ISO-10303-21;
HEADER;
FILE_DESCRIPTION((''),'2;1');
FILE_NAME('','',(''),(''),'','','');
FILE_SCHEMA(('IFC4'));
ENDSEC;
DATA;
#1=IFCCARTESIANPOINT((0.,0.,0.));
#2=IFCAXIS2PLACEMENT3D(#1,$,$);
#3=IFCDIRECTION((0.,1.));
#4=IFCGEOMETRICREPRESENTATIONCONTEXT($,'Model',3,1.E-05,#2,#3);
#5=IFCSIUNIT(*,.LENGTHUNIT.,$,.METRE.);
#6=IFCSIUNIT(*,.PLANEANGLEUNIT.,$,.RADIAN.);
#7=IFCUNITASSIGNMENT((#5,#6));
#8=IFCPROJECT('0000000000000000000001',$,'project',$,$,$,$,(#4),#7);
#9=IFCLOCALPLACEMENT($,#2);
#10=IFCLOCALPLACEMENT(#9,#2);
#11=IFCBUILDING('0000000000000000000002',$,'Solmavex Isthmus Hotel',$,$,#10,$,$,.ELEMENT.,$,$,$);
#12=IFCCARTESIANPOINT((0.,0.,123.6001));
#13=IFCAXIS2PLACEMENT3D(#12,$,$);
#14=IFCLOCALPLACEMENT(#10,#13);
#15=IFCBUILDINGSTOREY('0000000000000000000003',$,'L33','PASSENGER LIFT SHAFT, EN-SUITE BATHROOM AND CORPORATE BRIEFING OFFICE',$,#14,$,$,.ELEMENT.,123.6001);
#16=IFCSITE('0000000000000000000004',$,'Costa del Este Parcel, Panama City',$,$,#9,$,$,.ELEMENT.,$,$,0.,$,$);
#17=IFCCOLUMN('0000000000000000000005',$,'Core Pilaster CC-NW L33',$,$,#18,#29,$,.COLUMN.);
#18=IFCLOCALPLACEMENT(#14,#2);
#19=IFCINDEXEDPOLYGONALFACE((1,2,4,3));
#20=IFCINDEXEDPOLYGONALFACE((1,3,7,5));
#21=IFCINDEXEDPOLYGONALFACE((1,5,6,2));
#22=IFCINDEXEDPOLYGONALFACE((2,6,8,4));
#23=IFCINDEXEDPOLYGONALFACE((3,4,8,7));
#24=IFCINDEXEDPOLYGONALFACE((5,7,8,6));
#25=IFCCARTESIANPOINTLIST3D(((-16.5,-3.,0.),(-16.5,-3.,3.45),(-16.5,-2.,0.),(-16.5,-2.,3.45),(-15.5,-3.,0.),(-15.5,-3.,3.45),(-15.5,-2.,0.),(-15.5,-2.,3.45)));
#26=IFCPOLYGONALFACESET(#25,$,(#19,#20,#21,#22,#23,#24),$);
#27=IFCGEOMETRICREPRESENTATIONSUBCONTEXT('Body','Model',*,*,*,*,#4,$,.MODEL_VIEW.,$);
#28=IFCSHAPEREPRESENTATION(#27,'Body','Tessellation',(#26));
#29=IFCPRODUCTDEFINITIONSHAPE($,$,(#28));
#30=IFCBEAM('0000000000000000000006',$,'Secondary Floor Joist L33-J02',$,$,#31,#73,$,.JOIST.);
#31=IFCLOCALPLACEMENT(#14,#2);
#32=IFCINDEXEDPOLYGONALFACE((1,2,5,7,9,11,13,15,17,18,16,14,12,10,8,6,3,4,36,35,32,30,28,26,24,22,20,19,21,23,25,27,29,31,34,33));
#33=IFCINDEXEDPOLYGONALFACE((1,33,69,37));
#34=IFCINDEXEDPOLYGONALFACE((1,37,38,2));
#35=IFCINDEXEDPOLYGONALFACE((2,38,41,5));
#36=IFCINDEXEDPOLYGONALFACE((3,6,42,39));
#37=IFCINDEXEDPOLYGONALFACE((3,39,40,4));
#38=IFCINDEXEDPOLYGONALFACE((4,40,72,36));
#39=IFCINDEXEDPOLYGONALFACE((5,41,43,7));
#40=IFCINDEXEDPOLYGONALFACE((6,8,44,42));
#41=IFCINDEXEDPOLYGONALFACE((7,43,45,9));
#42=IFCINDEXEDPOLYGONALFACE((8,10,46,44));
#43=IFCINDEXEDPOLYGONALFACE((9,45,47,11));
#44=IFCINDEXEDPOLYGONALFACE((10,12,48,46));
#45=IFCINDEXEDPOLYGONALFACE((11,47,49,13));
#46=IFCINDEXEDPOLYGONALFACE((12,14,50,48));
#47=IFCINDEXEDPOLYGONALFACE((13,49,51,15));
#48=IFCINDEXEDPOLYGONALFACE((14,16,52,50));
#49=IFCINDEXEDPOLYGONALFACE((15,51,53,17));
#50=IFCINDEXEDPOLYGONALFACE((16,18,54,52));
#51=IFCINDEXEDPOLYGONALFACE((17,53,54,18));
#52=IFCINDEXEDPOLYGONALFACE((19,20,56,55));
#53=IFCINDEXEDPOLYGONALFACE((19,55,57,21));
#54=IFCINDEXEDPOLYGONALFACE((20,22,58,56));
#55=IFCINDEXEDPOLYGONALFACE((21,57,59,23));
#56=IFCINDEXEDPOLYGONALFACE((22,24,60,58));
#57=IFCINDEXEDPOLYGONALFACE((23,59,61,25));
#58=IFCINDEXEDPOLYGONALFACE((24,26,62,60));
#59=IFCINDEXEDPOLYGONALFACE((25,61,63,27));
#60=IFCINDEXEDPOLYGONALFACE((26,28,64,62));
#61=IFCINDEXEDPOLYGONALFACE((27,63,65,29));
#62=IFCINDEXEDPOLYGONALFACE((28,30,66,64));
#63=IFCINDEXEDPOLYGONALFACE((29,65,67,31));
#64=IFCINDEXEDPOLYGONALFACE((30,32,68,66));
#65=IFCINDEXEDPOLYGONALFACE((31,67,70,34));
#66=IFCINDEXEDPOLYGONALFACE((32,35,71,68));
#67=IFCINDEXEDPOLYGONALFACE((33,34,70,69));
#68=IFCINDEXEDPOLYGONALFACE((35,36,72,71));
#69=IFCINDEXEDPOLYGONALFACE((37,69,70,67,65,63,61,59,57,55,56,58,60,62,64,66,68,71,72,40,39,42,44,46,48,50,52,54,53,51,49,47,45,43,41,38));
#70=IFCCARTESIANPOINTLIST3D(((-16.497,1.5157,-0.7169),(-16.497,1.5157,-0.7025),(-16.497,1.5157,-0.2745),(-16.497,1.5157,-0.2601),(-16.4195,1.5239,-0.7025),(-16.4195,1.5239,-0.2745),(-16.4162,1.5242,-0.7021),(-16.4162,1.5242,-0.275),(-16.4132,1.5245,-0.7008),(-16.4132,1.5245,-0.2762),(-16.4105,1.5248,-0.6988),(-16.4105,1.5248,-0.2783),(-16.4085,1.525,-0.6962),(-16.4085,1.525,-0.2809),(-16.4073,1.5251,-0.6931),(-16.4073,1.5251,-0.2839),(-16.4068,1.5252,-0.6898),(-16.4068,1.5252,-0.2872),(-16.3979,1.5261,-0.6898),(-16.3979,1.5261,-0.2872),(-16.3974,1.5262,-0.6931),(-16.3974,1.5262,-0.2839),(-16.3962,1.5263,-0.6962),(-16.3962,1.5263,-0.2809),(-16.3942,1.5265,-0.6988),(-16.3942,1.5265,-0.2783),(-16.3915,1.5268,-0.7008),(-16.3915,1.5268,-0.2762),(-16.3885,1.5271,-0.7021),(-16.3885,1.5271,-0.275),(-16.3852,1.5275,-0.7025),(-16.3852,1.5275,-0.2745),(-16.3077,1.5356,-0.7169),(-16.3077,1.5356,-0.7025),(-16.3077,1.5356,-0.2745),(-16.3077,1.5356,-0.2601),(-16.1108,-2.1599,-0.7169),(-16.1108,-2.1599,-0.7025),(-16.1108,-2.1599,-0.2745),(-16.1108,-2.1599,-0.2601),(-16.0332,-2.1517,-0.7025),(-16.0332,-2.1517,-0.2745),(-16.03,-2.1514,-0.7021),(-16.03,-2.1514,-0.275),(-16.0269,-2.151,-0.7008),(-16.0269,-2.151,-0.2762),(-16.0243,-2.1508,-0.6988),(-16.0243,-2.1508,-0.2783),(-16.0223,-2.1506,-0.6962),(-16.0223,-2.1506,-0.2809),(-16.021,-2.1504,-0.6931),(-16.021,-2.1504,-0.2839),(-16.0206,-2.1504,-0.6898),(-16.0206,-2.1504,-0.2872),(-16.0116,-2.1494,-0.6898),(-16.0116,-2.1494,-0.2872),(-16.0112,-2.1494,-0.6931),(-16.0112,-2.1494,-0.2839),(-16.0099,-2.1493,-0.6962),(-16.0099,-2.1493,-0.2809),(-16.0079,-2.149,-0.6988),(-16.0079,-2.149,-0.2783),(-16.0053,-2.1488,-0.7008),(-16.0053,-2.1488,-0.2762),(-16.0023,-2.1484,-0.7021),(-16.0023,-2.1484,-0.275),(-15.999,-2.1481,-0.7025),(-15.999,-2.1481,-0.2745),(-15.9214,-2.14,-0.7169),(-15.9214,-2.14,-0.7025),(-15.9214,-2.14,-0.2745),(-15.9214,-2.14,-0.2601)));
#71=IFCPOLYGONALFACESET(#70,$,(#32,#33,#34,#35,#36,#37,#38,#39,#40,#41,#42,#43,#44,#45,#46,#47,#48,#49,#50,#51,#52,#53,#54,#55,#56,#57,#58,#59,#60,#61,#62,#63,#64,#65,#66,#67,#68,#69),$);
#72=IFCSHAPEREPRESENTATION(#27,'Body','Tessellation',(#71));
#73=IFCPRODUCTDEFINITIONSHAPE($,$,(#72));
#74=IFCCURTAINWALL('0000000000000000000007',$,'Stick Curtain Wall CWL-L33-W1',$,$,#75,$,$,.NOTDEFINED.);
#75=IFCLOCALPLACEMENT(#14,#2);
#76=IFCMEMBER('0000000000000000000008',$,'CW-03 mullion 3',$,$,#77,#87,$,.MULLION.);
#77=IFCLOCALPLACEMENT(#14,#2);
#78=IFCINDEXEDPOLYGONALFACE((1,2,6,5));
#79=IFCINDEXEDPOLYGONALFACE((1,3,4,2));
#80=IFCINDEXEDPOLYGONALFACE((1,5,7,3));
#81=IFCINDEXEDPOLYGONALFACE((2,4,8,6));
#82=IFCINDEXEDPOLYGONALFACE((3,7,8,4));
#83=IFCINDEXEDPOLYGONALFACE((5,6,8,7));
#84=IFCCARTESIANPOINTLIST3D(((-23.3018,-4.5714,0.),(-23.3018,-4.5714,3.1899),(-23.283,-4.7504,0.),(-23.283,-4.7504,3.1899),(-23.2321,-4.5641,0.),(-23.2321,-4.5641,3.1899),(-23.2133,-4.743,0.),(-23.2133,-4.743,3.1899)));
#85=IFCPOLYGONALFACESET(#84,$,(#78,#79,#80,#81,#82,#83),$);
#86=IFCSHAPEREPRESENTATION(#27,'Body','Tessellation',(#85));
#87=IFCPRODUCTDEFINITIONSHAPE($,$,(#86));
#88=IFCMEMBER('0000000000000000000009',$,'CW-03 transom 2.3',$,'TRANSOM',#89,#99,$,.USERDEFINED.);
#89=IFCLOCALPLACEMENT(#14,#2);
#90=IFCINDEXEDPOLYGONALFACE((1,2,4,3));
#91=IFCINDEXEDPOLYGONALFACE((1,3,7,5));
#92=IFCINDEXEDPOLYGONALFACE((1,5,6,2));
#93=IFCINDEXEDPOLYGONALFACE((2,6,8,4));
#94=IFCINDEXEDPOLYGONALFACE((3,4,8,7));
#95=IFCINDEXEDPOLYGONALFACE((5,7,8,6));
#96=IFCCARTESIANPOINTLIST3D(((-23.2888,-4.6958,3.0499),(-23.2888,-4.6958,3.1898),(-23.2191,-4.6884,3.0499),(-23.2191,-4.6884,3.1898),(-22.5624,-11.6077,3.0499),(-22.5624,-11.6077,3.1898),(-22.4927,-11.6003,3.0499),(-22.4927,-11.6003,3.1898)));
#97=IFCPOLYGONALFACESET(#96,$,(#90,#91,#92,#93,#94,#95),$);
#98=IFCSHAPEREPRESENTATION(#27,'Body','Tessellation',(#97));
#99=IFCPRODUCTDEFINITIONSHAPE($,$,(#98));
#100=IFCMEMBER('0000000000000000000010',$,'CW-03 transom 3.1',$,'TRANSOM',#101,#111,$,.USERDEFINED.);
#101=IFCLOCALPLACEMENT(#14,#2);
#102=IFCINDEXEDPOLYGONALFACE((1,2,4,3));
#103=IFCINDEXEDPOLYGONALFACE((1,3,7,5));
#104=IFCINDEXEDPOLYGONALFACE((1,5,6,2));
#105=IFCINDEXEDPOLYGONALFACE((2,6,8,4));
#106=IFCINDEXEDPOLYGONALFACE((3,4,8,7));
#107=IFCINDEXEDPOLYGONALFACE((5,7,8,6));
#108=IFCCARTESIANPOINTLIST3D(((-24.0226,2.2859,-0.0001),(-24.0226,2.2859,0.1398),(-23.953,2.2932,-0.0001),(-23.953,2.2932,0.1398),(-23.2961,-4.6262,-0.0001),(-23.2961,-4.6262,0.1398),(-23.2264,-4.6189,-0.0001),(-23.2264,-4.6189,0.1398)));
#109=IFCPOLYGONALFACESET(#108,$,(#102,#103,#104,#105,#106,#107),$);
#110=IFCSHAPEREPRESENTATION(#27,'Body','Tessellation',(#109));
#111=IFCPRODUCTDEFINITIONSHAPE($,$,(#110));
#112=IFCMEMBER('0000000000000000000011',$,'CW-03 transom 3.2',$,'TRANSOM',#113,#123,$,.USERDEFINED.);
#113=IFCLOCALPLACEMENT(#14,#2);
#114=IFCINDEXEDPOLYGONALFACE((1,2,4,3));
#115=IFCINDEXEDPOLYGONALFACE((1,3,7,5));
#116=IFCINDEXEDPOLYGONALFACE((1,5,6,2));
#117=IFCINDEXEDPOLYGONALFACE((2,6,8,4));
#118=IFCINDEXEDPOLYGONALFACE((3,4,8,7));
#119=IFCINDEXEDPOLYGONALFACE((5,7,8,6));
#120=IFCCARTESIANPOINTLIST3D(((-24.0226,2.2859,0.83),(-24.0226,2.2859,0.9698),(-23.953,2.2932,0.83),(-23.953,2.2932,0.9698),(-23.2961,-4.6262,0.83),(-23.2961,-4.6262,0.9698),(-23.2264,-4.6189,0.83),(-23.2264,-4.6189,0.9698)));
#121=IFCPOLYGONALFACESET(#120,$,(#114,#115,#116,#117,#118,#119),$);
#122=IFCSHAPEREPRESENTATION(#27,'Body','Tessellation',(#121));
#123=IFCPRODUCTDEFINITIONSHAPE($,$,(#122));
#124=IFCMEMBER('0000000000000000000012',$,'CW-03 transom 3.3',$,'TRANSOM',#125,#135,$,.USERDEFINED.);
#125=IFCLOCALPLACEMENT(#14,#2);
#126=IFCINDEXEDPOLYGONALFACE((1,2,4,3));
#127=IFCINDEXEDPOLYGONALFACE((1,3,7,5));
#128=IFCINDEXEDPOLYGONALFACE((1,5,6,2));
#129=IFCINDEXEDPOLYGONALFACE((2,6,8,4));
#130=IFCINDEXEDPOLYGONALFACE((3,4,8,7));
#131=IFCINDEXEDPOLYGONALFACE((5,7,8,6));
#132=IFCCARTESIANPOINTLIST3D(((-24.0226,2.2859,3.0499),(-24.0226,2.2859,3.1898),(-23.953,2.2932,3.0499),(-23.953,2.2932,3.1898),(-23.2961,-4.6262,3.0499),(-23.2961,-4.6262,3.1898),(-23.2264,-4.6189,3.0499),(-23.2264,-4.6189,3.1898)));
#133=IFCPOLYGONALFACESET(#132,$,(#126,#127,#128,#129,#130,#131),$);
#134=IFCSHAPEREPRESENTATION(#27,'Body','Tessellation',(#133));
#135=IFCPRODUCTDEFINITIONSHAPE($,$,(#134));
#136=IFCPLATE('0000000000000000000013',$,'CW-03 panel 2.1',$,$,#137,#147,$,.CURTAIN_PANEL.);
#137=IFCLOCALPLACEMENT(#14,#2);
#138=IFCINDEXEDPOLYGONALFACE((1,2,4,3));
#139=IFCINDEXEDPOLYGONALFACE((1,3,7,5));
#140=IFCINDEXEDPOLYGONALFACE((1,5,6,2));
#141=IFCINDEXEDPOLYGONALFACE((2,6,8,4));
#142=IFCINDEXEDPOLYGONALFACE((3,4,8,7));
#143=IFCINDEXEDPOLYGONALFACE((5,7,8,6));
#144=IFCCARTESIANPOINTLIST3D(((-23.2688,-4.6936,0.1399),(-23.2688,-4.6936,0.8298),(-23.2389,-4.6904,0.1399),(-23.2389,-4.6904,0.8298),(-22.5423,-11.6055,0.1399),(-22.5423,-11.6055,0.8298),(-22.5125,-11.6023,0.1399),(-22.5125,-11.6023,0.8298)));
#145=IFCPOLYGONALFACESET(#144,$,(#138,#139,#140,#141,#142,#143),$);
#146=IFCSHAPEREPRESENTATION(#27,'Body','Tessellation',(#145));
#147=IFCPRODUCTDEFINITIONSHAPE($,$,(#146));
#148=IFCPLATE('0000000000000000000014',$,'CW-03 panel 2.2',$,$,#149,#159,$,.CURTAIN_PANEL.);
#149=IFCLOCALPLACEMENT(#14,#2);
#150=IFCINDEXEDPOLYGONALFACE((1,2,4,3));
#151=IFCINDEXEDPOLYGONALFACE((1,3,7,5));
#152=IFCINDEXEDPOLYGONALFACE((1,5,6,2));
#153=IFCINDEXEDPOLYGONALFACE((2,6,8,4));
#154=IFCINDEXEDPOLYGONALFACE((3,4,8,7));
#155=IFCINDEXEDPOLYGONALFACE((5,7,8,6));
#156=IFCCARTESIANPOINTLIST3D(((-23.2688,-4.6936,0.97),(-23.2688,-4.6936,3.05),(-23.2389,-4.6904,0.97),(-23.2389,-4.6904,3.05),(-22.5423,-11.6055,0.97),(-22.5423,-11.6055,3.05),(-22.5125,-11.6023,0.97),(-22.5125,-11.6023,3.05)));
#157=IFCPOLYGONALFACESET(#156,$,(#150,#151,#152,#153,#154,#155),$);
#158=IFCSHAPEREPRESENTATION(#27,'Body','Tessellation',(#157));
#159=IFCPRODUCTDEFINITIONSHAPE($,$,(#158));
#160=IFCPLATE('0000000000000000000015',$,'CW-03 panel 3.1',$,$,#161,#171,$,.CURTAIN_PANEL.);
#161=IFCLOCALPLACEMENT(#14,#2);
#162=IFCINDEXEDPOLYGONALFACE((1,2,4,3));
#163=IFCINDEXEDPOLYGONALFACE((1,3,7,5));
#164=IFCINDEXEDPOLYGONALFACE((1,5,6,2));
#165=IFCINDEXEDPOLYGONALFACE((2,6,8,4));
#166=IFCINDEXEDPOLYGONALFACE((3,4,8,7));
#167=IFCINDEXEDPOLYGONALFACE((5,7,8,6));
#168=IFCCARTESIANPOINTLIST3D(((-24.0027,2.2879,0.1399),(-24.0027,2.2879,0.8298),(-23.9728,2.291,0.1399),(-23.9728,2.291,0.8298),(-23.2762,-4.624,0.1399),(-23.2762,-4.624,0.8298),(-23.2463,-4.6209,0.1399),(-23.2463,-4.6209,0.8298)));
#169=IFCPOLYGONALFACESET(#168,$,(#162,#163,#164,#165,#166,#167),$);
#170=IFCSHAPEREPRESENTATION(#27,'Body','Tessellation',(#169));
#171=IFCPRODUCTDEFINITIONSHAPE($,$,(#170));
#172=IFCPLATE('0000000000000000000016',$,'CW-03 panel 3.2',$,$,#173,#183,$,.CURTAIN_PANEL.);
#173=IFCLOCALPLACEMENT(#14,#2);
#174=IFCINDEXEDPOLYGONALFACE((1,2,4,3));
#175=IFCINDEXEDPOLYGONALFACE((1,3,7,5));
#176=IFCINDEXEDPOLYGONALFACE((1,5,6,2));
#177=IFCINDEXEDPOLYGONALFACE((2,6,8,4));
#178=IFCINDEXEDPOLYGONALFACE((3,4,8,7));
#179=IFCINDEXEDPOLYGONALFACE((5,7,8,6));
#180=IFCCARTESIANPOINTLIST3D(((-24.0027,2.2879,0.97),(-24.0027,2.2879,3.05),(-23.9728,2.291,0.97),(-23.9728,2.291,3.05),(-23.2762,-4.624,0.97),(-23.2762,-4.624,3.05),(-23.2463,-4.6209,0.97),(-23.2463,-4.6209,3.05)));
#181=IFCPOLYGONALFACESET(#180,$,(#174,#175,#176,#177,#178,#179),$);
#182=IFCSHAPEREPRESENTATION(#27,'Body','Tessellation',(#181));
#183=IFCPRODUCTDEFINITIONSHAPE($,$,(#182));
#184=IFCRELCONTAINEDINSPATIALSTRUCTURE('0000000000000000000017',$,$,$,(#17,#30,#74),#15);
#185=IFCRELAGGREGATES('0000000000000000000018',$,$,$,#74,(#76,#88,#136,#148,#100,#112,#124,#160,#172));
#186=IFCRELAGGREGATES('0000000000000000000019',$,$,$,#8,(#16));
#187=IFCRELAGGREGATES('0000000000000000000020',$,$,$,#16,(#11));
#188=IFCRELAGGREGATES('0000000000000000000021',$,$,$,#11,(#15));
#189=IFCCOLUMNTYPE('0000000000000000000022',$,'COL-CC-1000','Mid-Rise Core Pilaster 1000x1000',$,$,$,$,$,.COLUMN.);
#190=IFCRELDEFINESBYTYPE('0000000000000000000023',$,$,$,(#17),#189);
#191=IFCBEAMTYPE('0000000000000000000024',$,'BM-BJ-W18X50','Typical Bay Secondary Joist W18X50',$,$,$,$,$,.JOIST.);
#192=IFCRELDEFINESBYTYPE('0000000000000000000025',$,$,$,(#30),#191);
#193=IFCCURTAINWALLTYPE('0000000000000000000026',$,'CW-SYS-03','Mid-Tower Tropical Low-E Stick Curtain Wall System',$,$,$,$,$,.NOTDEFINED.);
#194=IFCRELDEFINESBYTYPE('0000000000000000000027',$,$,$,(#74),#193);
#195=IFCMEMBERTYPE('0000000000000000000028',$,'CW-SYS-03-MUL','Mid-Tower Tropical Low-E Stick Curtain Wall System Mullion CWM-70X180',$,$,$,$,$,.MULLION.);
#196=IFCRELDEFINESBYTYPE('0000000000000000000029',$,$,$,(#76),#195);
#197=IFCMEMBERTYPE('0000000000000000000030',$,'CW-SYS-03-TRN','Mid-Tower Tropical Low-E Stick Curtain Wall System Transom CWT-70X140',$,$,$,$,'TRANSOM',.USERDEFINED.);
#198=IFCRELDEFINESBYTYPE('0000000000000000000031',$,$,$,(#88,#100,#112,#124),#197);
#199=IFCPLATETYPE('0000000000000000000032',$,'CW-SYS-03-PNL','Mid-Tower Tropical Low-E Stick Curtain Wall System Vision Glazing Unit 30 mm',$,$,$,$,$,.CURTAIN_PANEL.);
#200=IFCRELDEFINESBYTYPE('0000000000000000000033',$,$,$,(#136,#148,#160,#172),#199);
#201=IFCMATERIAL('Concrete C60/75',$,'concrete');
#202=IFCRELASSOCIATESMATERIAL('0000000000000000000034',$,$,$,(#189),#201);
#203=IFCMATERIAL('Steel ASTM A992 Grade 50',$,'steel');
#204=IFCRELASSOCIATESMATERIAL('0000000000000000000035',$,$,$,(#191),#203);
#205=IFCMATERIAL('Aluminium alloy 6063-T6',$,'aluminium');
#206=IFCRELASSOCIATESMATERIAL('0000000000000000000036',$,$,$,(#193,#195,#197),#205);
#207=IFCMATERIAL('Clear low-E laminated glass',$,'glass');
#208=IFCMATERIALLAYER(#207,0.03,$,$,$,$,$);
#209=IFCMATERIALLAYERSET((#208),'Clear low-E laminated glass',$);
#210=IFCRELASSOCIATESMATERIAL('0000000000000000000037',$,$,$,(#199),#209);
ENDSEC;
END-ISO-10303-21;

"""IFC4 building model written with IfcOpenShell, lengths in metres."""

from ifc_helpers import new_model, si_unit, direction, frame, origin, origin_2d, place, context, subcontext, project, spatial, rectangle, i_section, extrude, material, layer, layer_set, material_profile, profile_set, type_object, element, aggregate, save


model = new_model("IFC4")

# Units and contexts
model_context = context("Model", 3, precision=1e-05, world=origin(), true_north=direction((0.0, 1.0)))
body_context = subcontext(model_context, "Body", "Model", "MODEL_VIEW")
ifc_project = project(units=[si_unit("LENGTHUNIT", "METRE"), si_unit("PLANEANGLEUNIT", "RADIAN")], contexts=[model_context])

# Site, building, storey
site_placement = place(None, origin())
site = spatial("IfcSite", under=ifc_project, at=site_placement, Name="Costa del Este Parcel, Panama City", CompositionType="ELEMENT", RefElevation=0.0)
building_placement = place(site_placement, origin())
building = spatial("IfcBuilding", under=site, at=building_placement, Name="Solmavex Isthmus Hotel", CompositionType="ELEMENT")
storey_placement = place(building_placement, frame((0.0, 0.0, 123.6001)))
storey = spatial("IfcBuildingStorey", under=building, at=storey_placement, Name="L33", Description="PASSENGER LIFT SHAFT, EN-SUITE BATHROOM AND CORPORATE BRIEFING OFFICE", CompositionType="ELEMENT", Elevation=123.6001)

# Column
ifc_material_1 = material(Name="Concrete C60/75", Category="concrete")
ifc_material_profile_1 = material_profile(ifc_material_1, rectangle(XDim=1.0, YDim=1.0, at=origin_2d()), Name="RC1000X1000")
ifc_profile_set_1 = profile_set([ifc_material_profile_1], Name="Concrete C60/75")
column_type = type_object("IfcColumnType", Name="COL-CC-1000", Description="Mid-Rise Core Pilaster 1000x1000", PredefinedType="COLUMN", material=ifc_profile_set_1)
column_placement = place(storey_placement, frame((-16.0, -2.5, 0.0), z_axis=(0.0, 0.0, 1.0), x_axis=(1.0, 0.0, 0.0)))
element("IfcColumn", 1, at=column_placement, inside=storey, type_object=column_type, Name="Core Pilaster CC-NW L33", PredefinedType="COLUMN", context=body_context, shape_type="SweptSolid", body=[
    extrude(rectangle(XDim=1.0, YDim=1.0, at=origin_2d()), origin(), (0.0, 0.0, 1.0), 3.45),
])

# Beam
ifc_material_2 = material(Name="Steel ASTM A992 Grade 50", Category="steel")
ifc_material_profile_2 = material_profile(ifc_material_2, i_section(OverallWidth=0.1904, OverallDepth=0.4568, WebThickness=0.009, FlangeThickness=0.0144, FilletRadius=0.0127, at=origin_2d()), Name="W18X50")
ifc_profile_set_2 = profile_set([ifc_material_profile_2], Name="Steel ASTM A992 Grade 50")
beam_type = type_object("IfcBeamType", Name="BM-BJ-W18X50", Description="Typical Bay Secondary Joist W18X50", PredefinedType="JOIST", material=ifc_profile_set_2)
beam_placement = place(storey_placement, frame((-16.0161, -2.1499, -0.4885), z_axis=(-0.104506, 0.994524, 0.0), x_axis=(-0.994524, -0.104506, 0.0)))
element("IfcBeam", 2, at=beam_placement, inside=storey, type_object=beam_type, Name="Secondary Floor Joist L33-J02", PredefinedType="JOIST", context=body_context, shape_type="SweptSolid", body=[
    extrude(i_section(OverallWidth=0.1904, OverallDepth=0.4568, WebThickness=0.009, FlangeThickness=0.0144, FilletRadius=0.0127, at=origin_2d()), origin(), (0.0, 0.0, 1.0), 3.6958),
])

# Curtain wall, members, plates
ifc_material_3 = material(Name="Aluminium alloy 6063-T6", Category="aluminium")
curtain_wall_type = type_object("IfcCurtainWallType", Name="CW-SYS-03", Description="Mid-Tower Tropical Low-E Stick Curtain Wall System", PredefinedType="NOTDEFINED", material=ifc_material_3)
curtain_wall_placement = place(storey_placement, origin())
curtain_wall = element("IfcCurtainWall", 3, at=curtain_wall_placement, inside=storey, type_object=curtain_wall_type, Name="Stick Curtain Wall CWL-L33-W1", PredefinedType="NOTDEFINED")
ifc_material_profile_3 = material_profile(ifc_material_3, rectangle(XDim=0.0701, YDim=0.1799, at=origin_2d()), Name="CWM-70X180")
ifc_profile_set_3 = profile_set([ifc_material_profile_3], Name="Aluminium alloy 6063-T6")
member_type_1 = type_object("IfcMemberType", Name="CW-SYS-03-MUL", Description="Mid-Tower Tropical Low-E Stick Curtain Wall System Mullion CWM-70X180", PredefinedType="MULLION", material=ifc_profile_set_3)
member_1_placement = place(storey_placement, frame((-23.2576, -4.6572, 0.0), z_axis=(0.0, 0.0, 1.0), x_axis=(-0.994522, -0.104528, 0.0)))
member_1 = element("IfcMember", 4, at=member_1_placement, type_object=member_type_1, Name="CW-03 mullion 3", PredefinedType="MULLION", context=body_context, shape_type="SweptSolid", body=[
    extrude(rectangle(XDim=0.0701, YDim=0.1799, at=origin_2d()), origin(), (0.0, 0.0, 1.0), 3.1899),
])
ifc_material_profile_4 = material_profile(ifc_material_3, rectangle(XDim=0.0701, YDim=0.1399, at=origin_2d()), Name="CWT-70X140")
ifc_profile_set_4 = profile_set([ifc_material_profile_4], Name="Aluminium alloy 6063-T6")
member_type_2 = type_object("IfcMemberType", Name="CW-SYS-03-TRN", Description="Mid-Tower Tropical Low-E Stick Curtain Wall System Transom CWT-70X140", ElementType="TRANSOM", PredefinedType="USERDEFINED", material=ifc_profile_set_4)
member_2_placement = place(storey_placement, frame((-22.5276, -11.604, 3.1199), z_axis=(-0.104507, 0.994524, 0.0), x_axis=(-0.994524, -0.104507, 0.0)))
member_2 = element("IfcMember", 5, at=member_2_placement, type_object=member_type_2, Name="CW-03 transom 2.3", ObjectType="TRANSOM", PredefinedType="USERDEFINED", context=body_context, shape_type="SweptSolid", body=[
    extrude(rectangle(XDim=0.0701, YDim=0.1399, at=origin_2d()), origin(), (0.0, 0.0, 1.0), 6.95),
])
member_3_placement = place(storey_placement, frame((-23.2612, -4.6226, 0.0698), z_axis=(-0.104539, 0.994521, 0.0), x_axis=(-0.994521, -0.104539, 0.0)))
member_3 = element("IfcMember", 6, at=member_3_placement, type_object=member_type_2, Name="CW-03 transom 3.1", ObjectType="TRANSOM", PredefinedType="USERDEFINED", context=body_context, shape_type="SweptSolid", body=[
    extrude(rectangle(XDim=0.0701, YDim=0.1399, at=origin_2d()), origin(), (0.0, 0.0, 1.0), 6.9502),
])
member_4_placement = place(storey_placement, frame((-23.2612, -4.6226, 0.8999), z_axis=(-0.104539, 0.994521, 0.0), x_axis=(-0.994521, -0.104539, 0.0)))
member_4 = element("IfcMember", 7, at=member_4_placement, type_object=member_type_2, Name="CW-03 transom 3.2", ObjectType="TRANSOM", PredefinedType="USERDEFINED", context=body_context, shape_type="SweptSolid", body=[
    extrude(rectangle(XDim=0.0701, YDim=0.1399, at=origin_2d()), origin(), (0.0, 0.0, 1.0), 6.9502),
])
member_5_placement = place(storey_placement, frame((-23.2612, -4.6226, 3.1199), z_axis=(-0.104539, 0.994521, 0.0), x_axis=(-0.994521, -0.104539, 0.0)))
member_5 = element("IfcMember", 8, at=member_5_placement, type_object=member_type_2, Name="CW-03 transom 3.3", ObjectType="TRANSOM", PredefinedType="USERDEFINED", context=body_context, shape_type="SweptSolid", body=[
    extrude(rectangle(XDim=0.0701, YDim=0.1399, at=origin_2d()), origin(), (0.0, 0.0, 1.0), 6.9502),
])
ifc_material_4 = material(Name="Clear low-E laminated glass", Category="glass")
ifc_layer_1 = layer(ifc_material_4, 0.03)
ifc_layer_set_1 = layer_set([ifc_layer_1], Name="Clear low-E laminated glass")
plate_type = type_object("IfcPlateType", Name="CW-SYS-03-PNL", Description="Mid-Tower Tropical Low-E Stick Curtain Wall System Vision Glazing Unit 30 mm", PredefinedType="CURTAIN_PANEL", material=ifc_layer_set_1)
plate_1_placement = place(storey_placement, frame((-22.8906, -8.1479, 0.1399), z_axis=(0.0, 0.0, 1.0), x_axis=(-0.104528, 0.994522, 0.0)))
plate_1 = element("IfcPlate", 9, at=plate_1_placement, type_object=plate_type, Name="CW-03 panel 2.1", PredefinedType="CURTAIN_PANEL", context=body_context, shape_type="SweptSolid", body=[
    extrude(rectangle(XDim=6.95, YDim=0.03, at=origin_2d()), origin(), (0.0, 0.0, 1.0), 0.6899),
])
plate_2_placement = place(storey_placement, frame((-22.8906, -8.1479, 0.97), z_axis=(0.0, 0.0, 1.0), x_axis=(-0.104528, 0.994522, 0.0)))
plate_2 = element("IfcPlate", 10, at=plate_2_placement, type_object=plate_type, Name="CW-03 panel 2.2", PredefinedType="CURTAIN_PANEL", context=body_context, shape_type="SweptSolid", body=[
    extrude(rectangle(XDim=6.95, YDim=0.03, at=origin_2d()), origin(), (0.0, 0.0, 1.0), 2.0801),
])
plate_3_placement = place(storey_placement, frame((-23.6245, -1.1665, 0.1399), z_axis=(0.0, 0.0, 1.0), x_axis=(-0.104528, 0.994522, 0.0)))
plate_3 = element("IfcPlate", 11, at=plate_3_placement, type_object=plate_type, Name="CW-03 panel 3.1", PredefinedType="CURTAIN_PANEL", context=body_context, shape_type="SweptSolid", body=[
    extrude(rectangle(XDim=6.95, YDim=0.03, at=origin_2d()), origin(), (0.0, 0.0, 1.0), 0.6899),
])
plate_4_placement = place(storey_placement, frame((-23.6245, -1.1665, 0.97), z_axis=(0.0, 0.0, 1.0), x_axis=(-0.104528, 0.994522, 0.0)))
plate_4 = element("IfcPlate", 12, at=plate_4_placement, type_object=plate_type, Name="CW-03 panel 3.2", PredefinedType="CURTAIN_PANEL", context=body_context, shape_type="SweptSolid", body=[
    extrude(rectangle(XDim=6.95, YDim=0.03, at=origin_2d()), origin(), (0.0, 0.0, 1.0), 2.0801),
])
aggregate(curtain_wall, [member_1, member_2, plate_1, plate_2, member_3, member_4, member_5, plate_3, plate_4])

save(model, "model.ifc")
